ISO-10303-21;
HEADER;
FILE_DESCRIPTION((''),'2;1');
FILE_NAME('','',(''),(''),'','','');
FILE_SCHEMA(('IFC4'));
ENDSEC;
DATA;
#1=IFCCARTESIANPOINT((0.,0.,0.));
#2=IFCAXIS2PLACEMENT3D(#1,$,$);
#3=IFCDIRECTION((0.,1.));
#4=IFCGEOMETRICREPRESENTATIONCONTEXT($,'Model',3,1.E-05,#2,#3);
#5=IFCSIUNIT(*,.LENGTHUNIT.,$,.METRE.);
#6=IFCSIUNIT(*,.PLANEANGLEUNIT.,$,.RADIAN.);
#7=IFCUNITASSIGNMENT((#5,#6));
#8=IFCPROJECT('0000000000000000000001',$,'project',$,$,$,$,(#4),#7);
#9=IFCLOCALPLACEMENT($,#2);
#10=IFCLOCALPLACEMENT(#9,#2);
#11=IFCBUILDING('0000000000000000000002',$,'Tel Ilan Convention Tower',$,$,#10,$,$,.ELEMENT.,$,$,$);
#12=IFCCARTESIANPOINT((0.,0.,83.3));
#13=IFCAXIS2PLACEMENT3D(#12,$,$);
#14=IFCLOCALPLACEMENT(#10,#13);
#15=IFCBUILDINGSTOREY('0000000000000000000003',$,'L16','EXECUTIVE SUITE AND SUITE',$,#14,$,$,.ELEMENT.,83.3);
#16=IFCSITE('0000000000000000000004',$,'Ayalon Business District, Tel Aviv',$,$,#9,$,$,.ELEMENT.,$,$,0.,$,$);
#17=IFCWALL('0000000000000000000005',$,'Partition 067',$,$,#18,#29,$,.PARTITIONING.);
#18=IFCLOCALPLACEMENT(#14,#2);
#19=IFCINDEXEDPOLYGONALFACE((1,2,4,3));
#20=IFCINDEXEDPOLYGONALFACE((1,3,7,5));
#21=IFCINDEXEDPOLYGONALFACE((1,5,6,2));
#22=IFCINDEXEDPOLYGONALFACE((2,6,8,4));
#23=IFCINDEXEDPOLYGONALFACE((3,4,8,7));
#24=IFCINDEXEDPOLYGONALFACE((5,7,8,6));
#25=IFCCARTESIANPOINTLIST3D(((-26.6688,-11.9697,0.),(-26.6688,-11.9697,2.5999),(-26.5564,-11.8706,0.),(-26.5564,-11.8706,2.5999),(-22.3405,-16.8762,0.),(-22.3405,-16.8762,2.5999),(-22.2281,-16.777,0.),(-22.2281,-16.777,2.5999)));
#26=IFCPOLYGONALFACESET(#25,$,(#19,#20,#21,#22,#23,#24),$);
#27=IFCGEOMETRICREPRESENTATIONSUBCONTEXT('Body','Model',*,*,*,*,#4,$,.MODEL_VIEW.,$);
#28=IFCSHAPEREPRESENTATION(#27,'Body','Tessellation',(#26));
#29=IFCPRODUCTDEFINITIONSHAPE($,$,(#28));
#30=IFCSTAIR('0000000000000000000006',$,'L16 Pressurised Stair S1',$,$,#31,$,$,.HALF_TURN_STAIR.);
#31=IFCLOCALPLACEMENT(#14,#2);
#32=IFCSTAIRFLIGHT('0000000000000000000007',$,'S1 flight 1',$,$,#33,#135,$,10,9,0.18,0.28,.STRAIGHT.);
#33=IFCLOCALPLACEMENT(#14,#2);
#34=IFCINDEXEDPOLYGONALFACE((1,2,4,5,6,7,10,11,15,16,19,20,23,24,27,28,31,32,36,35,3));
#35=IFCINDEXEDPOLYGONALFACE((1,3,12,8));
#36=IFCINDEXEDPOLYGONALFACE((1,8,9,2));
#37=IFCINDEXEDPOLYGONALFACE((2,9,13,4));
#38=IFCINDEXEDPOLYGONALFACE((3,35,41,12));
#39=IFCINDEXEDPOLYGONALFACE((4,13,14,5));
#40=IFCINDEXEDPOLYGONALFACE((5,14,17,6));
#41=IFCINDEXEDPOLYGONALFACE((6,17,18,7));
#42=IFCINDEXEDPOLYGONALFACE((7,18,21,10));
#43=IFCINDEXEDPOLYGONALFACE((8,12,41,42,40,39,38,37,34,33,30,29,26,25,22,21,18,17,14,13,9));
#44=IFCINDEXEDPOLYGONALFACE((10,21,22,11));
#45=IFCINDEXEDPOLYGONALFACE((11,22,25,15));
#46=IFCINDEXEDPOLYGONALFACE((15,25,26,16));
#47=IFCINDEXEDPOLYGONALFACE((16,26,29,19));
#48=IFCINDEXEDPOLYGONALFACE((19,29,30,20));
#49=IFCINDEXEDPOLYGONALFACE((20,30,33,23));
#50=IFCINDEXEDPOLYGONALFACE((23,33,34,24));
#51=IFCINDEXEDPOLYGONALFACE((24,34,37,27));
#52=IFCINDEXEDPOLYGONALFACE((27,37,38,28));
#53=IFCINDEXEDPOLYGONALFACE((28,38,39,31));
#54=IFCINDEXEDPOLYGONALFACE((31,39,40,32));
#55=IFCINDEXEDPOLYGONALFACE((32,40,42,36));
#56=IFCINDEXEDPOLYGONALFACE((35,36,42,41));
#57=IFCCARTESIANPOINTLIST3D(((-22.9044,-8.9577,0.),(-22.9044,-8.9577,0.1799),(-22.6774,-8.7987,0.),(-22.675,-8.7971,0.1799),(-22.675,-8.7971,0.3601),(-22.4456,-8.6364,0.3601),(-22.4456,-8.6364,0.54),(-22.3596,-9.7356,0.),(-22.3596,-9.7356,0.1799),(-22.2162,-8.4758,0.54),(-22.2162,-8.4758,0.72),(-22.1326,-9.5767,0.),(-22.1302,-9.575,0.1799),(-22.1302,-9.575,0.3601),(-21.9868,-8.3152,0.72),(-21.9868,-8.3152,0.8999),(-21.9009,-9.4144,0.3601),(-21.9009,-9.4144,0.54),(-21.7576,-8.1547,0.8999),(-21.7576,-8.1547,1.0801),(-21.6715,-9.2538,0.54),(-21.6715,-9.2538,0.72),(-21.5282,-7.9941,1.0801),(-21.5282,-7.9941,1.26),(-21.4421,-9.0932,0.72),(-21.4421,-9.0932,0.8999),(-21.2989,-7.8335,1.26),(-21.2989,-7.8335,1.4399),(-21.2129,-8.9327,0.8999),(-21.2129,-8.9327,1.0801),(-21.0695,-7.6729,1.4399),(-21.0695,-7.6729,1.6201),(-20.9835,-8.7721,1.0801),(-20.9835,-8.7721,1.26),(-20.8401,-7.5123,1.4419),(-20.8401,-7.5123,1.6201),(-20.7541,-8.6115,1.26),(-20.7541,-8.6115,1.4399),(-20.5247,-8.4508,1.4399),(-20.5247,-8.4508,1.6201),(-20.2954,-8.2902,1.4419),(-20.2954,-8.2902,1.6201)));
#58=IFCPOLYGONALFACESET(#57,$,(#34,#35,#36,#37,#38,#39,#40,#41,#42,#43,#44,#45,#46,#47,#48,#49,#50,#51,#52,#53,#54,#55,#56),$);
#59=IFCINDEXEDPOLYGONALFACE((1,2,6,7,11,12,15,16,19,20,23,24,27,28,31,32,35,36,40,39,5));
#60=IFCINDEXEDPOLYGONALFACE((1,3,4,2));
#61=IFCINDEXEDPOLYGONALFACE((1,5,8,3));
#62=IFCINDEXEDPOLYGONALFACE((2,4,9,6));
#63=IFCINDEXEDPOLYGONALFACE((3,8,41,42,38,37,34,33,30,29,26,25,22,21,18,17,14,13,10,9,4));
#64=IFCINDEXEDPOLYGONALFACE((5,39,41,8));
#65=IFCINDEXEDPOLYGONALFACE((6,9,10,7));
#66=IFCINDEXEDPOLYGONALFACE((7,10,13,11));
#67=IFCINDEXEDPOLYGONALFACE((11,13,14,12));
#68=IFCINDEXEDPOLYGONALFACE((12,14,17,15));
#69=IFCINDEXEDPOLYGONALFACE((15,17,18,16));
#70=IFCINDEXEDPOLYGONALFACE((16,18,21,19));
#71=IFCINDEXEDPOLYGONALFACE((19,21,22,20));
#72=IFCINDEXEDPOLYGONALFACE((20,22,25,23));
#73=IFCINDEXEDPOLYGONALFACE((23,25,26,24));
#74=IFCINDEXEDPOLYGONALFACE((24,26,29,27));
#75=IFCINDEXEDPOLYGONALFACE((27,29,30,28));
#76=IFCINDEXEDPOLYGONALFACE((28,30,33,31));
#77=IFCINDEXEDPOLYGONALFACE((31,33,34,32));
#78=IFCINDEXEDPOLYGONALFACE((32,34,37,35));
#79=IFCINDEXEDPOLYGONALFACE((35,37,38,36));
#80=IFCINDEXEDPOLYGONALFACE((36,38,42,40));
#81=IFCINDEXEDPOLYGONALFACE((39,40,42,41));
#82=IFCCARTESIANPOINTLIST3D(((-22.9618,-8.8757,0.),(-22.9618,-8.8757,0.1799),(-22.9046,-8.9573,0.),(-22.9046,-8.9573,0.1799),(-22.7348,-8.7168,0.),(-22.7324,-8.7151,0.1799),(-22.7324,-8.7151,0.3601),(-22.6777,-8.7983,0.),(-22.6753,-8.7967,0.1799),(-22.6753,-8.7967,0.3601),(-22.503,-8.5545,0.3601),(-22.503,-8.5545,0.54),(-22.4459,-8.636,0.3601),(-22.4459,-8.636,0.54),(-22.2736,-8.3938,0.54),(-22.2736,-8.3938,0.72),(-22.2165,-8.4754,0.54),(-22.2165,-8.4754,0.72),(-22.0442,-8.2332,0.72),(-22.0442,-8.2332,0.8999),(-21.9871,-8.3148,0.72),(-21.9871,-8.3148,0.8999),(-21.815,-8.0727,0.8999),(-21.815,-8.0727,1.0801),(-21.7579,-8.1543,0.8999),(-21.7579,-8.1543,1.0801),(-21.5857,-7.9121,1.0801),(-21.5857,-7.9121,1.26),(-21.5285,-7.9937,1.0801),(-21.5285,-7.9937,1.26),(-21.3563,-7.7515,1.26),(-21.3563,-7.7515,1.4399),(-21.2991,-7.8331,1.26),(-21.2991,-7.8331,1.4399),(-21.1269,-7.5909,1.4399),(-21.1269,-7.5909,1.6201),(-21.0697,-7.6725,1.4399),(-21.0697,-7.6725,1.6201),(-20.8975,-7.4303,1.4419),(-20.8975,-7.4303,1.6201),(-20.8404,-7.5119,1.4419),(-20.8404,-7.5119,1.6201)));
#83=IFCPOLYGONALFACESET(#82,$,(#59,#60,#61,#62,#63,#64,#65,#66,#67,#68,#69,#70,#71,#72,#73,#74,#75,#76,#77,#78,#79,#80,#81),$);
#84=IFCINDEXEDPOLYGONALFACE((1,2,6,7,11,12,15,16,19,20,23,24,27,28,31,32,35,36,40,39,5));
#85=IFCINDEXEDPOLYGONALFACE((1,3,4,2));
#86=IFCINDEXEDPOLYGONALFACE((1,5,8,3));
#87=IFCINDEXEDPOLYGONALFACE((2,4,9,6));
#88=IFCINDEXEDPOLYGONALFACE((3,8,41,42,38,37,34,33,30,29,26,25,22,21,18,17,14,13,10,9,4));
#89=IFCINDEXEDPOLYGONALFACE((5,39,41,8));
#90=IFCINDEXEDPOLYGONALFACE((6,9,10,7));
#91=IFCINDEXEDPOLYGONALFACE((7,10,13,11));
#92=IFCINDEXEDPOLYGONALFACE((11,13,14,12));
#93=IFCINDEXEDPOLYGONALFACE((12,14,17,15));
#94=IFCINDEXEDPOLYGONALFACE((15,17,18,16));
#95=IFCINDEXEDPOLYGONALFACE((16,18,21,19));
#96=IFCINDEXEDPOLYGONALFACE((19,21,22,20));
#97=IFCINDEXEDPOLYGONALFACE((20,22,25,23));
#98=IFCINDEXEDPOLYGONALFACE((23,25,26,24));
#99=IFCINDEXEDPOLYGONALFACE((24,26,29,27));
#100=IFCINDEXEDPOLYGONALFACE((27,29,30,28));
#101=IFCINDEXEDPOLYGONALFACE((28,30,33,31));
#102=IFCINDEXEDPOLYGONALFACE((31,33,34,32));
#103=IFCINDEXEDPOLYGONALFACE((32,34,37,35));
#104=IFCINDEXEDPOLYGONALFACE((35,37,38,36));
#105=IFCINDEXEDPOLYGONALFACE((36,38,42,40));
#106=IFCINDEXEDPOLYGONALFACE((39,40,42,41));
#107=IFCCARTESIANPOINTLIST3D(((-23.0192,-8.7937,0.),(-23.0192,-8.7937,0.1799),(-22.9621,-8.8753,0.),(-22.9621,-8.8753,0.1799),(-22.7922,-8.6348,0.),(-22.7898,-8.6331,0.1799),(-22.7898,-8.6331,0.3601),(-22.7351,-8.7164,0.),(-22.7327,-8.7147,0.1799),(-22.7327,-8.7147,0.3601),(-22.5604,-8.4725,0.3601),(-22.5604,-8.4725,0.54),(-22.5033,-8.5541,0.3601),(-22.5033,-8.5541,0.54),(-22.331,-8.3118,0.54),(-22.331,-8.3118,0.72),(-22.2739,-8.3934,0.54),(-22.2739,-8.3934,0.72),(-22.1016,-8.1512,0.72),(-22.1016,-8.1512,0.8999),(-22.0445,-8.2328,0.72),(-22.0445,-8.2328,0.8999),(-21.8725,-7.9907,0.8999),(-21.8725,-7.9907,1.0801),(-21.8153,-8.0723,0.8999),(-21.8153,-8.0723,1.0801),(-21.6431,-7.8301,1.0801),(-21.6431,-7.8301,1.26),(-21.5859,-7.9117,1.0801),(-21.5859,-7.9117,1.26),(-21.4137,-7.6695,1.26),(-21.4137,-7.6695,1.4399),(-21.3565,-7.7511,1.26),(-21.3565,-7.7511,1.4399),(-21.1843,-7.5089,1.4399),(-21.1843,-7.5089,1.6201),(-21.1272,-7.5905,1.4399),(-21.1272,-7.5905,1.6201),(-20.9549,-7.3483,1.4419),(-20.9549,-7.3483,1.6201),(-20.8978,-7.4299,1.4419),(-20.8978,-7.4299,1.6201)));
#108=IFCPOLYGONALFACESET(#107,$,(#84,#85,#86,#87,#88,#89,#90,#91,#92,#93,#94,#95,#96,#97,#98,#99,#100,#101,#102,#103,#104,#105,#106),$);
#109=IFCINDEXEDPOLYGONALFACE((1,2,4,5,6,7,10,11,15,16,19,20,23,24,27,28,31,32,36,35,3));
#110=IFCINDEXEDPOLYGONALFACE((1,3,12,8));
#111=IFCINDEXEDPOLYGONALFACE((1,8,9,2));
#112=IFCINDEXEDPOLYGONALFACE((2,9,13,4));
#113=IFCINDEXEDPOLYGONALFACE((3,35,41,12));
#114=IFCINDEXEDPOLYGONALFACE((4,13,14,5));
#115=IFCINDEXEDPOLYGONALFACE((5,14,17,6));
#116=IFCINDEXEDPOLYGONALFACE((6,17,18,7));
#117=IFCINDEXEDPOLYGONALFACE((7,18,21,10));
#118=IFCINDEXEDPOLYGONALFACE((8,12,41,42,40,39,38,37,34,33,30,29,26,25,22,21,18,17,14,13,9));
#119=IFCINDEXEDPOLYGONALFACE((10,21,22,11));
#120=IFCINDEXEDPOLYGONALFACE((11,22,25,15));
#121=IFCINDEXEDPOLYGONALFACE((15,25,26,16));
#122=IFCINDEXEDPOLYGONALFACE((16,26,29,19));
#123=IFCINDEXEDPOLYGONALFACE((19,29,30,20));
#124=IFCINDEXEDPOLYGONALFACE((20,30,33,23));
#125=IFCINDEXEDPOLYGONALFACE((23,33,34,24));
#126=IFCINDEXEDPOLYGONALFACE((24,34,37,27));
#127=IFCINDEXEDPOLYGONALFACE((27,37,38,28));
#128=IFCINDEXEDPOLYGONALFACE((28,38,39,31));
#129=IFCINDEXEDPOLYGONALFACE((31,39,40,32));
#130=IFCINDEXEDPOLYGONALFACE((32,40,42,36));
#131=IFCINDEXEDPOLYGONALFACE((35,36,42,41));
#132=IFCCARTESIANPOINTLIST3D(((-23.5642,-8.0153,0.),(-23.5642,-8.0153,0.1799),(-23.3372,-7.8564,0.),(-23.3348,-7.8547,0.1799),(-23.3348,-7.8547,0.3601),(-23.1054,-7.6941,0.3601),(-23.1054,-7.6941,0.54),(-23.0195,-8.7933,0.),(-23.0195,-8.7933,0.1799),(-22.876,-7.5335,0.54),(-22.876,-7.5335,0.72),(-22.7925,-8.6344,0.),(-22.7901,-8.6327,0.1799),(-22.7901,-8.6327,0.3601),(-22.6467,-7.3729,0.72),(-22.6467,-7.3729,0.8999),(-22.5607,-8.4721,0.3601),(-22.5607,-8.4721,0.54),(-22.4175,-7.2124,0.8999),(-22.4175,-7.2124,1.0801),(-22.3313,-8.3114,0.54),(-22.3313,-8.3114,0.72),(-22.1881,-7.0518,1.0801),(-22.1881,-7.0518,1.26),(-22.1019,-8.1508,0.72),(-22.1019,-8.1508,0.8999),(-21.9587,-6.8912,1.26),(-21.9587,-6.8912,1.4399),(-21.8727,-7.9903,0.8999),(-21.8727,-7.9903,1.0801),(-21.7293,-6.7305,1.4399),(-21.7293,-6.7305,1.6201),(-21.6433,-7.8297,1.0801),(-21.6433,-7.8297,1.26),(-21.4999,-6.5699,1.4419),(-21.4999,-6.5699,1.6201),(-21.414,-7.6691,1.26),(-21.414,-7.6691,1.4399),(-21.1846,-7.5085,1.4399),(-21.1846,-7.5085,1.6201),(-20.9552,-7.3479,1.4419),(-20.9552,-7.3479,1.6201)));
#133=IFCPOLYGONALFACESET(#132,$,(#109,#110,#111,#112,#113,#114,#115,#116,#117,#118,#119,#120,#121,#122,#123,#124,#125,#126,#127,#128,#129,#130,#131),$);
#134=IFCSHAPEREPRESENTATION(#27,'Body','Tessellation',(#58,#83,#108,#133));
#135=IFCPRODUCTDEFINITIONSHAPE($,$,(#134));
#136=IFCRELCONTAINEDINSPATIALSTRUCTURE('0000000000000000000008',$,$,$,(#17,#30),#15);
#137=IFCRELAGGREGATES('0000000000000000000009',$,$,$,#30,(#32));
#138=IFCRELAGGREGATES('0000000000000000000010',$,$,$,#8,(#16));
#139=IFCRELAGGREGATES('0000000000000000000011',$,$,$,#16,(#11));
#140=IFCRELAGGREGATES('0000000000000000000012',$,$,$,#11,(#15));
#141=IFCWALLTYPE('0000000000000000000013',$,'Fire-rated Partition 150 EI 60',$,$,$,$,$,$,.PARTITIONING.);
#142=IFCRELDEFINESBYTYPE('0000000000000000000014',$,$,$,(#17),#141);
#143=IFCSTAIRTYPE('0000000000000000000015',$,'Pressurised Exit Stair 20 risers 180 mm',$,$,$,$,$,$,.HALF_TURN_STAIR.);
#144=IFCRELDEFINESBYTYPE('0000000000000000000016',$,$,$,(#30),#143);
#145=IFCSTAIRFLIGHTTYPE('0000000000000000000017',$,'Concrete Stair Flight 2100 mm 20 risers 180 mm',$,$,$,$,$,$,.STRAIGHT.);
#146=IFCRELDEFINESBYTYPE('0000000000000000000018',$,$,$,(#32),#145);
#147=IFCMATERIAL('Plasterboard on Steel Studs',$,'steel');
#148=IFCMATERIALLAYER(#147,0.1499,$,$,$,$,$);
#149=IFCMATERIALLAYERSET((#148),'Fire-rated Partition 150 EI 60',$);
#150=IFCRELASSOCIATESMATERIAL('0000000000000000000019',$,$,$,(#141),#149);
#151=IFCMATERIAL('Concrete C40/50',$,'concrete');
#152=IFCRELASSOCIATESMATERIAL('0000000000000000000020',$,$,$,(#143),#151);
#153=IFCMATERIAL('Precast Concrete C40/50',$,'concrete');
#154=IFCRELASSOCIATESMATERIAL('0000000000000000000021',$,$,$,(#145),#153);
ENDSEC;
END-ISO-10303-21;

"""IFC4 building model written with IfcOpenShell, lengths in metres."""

from ifc_helpers import new_model, si_unit, direction, frame, frame_2d, origin, place, context, subcontext, project, spatial, polyline, rectangle, outline, extrude, material, layer, layer_set, type_object, element, aggregate, save


model = new_model("IFC4")

# Units and contexts
model_context = context("Model", 3, precision=1e-05, world=origin(), true_north=direction((0.0, 1.0)))
body_context = subcontext(model_context, "Body", "Model", "MODEL_VIEW")
ifc_project = project(units=[si_unit("LENGTHUNIT", "METRE"), si_unit("PLANEANGLEUNIT", "RADIAN")], contexts=[model_context])

# Site, building, storey
site_placement = place(None, origin())
site = spatial("IfcSite", under=ifc_project, at=site_placement, Name="Ayalon Business District, Tel Aviv", CompositionType="ELEMENT", RefElevation=0.0)
building_placement = place(site_placement, origin())
building = spatial("IfcBuilding", under=site, at=building_placement, Name="Tel Ilan Convention Tower", CompositionType="ELEMENT")
storey_placement = place(building_placement, frame((0.0, 0.0, 83.3)))
storey = spatial("IfcBuildingStorey", under=building, at=storey_placement, Name="L16", Description="EXECUTIVE SUITE AND SUITE", CompositionType="ELEMENT", Elevation=83.3)

# Wall
ifc_material_1 = material(Name="Plasterboard on Steel Studs", Category="steel")
ifc_layer_1 = layer(ifc_material_1, 0.1499)
ifc_layer_set_1 = layer_set([ifc_layer_1], Name="Fire-rated Partition 150 EI 60")
wall_type_1 = type_object("IfcWallType", Name="Fire-rated Partition 150 EI 60", PredefinedType="PARTITIONING", material=ifc_layer_set_1)
wall_1_placement = place(storey_placement, frame((-22.2842, -16.8267, 0.0), z_axis=(0.0, 0.0, 1.0), x_axis=(-0.661545, 0.749905, 0.0)))
element("IfcWall", 1, at=wall_1_placement, inside=storey, type_object=wall_type_1, Name="Partition 067", PredefinedType="PARTITIONING", context=body_context, shape_type="SweptSolid", body=[
    extrude(rectangle(XDim=6.5427, YDim=0.1499, at=frame_2d((3.2715, 0.0))), origin(), (0.0, 0.0, 1.0), 2.5999),
])

# Stair, stair flight
ifc_material_2 = material(Name="Concrete C40/50", Category="concrete")
stair_type = type_object("IfcStairType", Name="Pressurised Exit Stair 20 risers 180 mm", PredefinedType="HALF_TURN_STAIR", material=ifc_material_2)
stair_1_placement = place(storey_placement, origin())
stair_1 = element("IfcStair", 2, at=stair_1_placement, inside=storey, type_object=stair_type, Name="L16 Pressurised Stair S1", PredefinedType="HALF_TURN_STAIR")
ifc_material_3 = material(Name="Precast Concrete C40/50", Category="concrete")
stair_flight_type = type_object("IfcStairFlightType", Name="Concrete Stair Flight 2100 mm 20 risers 180 mm", PredefinedType="STRAIGHT", material=ifc_material_3)
stair_flight_1_placement = place(storey_placement, frame((-22.9619, -8.8755, 0.0), z_axis=(0.0, 0.0, 1.0), x_axis=(0.819152, 0.573576, 0.0)))
stair_flight_1 = element("IfcStairFlight", 3, at=stair_flight_1_placement, type_object=stair_flight_type, Name="S1 flight 1", NumberOfRisers=10, NumberOfTreads=9, PredefinedType="STRAIGHT", RiserHeight=0.18, TreadLength=0.28, context=body_context, shape_type="SweptSolid", body=[
    extrude(outline(polyline([(0.0, 0.0), (0.0, 0.1799), (0.28, 0.1799), (0.28, 0.3601), (0.5601, 0.3601), (0.5601, 0.54), (0.8401, 0.54), (0.8401, 0.72), (1.1201, 0.72), (1.1201, 0.8999), (1.3999, 0.8999), (1.3999, 1.0801), (1.6799, 1.0801), (1.6799, 1.26), (1.96, 1.26), (1.96, 1.4399), (2.24, 1.4399), (2.24, 1.6201), (2.52, 1.6201), (2.52, 1.8), (2.52, 1.4419), (0.2771, 0.0), (0.0, 0.0)])), frame((0.0, -0.1003, 0.0), z_axis=(0.0, -1.0, 0.0), x_axis=(1.0, 0.0, 0.0)), (0.0, 0.0, 1.0), 0.9497),
    extrude(outline(polyline([(0.0, 0.0), (0.0, 0.1799), (0.28, 0.1799), (0.28, 0.3601), (0.5601, 0.3601), (0.5601, 0.54), (0.8401, 0.54), (0.8401, 0.72), (1.1201, 0.72), (1.1201, 0.8999), (1.3999, 0.8999), (1.3999, 1.0801), (1.6799, 1.0801), (1.6799, 1.26), (1.96, 1.26), (1.96, 1.4399), (2.24, 1.4399), (2.24, 1.6201), (2.52, 1.6201), (2.52, 1.8), (2.52, 1.4419), (0.2771, 0.0), (0.0, 0.0)])), frame((0.0, -0.0002, 0.0), z_axis=(0.0, -1.0, 0.0), x_axis=(1.0, 0.0, 0.0)), (0.0, 0.0, 1.0), 0.0996),
    extrude(outline(polyline([(0.0, 0.0), (0.0, 0.1799), (0.28, 0.1799), (0.28, 0.3601), (0.5601, 0.3601), (0.5601, 0.54), (0.8401, 0.54), (0.8401, 0.72), (1.1201, 0.72), (1.1201, 0.8999), (1.3999, 0.8999), (1.3999, 1.0801), (1.6799, 1.0801), (1.6799, 1.26), (1.96, 1.26), (1.96, 1.4399), (2.24, 1.4399), (2.24, 1.6201), (2.52, 1.6201), (2.52, 1.8), (2.52, 1.4419), (0.2771, 0.0), (0.0, 0.0)])), frame((0.0, 0.0999, 0.0), z_axis=(0.0, -1.0, 0.0), x_axis=(1.0, 0.0, 0.0)), (0.0, 0.0, 1.0), 0.0996),
    extrude(outline(polyline([(0.0, 0.0), (0.0, 0.1799), (0.28, 0.1799), (0.28, 0.3601), (0.5601, 0.3601), (0.5601, 0.54), (0.8401, 0.54), (0.8401, 0.72), (1.1201, 0.72), (1.1201, 0.8999), (1.3999, 0.8999), (1.3999, 1.0801), (1.6799, 1.0801), (1.6799, 1.26), (1.96, 1.26), (1.96, 1.4399), (2.24, 1.4399), (2.24, 1.6201), (2.52, 1.6201), (2.52, 1.8), (2.52, 1.4419), (0.2771, 0.0), (0.0, 0.0)])), frame((0.0, 1.05, 0.0), z_axis=(0.0, -1.0, 0.0), x_axis=(1.0, 0.0, 0.0)), (0.0, 0.0, 1.0), 0.9497),
])
aggregate(stair_1, [stair_flight_1])

save(model, "model.ifc")
